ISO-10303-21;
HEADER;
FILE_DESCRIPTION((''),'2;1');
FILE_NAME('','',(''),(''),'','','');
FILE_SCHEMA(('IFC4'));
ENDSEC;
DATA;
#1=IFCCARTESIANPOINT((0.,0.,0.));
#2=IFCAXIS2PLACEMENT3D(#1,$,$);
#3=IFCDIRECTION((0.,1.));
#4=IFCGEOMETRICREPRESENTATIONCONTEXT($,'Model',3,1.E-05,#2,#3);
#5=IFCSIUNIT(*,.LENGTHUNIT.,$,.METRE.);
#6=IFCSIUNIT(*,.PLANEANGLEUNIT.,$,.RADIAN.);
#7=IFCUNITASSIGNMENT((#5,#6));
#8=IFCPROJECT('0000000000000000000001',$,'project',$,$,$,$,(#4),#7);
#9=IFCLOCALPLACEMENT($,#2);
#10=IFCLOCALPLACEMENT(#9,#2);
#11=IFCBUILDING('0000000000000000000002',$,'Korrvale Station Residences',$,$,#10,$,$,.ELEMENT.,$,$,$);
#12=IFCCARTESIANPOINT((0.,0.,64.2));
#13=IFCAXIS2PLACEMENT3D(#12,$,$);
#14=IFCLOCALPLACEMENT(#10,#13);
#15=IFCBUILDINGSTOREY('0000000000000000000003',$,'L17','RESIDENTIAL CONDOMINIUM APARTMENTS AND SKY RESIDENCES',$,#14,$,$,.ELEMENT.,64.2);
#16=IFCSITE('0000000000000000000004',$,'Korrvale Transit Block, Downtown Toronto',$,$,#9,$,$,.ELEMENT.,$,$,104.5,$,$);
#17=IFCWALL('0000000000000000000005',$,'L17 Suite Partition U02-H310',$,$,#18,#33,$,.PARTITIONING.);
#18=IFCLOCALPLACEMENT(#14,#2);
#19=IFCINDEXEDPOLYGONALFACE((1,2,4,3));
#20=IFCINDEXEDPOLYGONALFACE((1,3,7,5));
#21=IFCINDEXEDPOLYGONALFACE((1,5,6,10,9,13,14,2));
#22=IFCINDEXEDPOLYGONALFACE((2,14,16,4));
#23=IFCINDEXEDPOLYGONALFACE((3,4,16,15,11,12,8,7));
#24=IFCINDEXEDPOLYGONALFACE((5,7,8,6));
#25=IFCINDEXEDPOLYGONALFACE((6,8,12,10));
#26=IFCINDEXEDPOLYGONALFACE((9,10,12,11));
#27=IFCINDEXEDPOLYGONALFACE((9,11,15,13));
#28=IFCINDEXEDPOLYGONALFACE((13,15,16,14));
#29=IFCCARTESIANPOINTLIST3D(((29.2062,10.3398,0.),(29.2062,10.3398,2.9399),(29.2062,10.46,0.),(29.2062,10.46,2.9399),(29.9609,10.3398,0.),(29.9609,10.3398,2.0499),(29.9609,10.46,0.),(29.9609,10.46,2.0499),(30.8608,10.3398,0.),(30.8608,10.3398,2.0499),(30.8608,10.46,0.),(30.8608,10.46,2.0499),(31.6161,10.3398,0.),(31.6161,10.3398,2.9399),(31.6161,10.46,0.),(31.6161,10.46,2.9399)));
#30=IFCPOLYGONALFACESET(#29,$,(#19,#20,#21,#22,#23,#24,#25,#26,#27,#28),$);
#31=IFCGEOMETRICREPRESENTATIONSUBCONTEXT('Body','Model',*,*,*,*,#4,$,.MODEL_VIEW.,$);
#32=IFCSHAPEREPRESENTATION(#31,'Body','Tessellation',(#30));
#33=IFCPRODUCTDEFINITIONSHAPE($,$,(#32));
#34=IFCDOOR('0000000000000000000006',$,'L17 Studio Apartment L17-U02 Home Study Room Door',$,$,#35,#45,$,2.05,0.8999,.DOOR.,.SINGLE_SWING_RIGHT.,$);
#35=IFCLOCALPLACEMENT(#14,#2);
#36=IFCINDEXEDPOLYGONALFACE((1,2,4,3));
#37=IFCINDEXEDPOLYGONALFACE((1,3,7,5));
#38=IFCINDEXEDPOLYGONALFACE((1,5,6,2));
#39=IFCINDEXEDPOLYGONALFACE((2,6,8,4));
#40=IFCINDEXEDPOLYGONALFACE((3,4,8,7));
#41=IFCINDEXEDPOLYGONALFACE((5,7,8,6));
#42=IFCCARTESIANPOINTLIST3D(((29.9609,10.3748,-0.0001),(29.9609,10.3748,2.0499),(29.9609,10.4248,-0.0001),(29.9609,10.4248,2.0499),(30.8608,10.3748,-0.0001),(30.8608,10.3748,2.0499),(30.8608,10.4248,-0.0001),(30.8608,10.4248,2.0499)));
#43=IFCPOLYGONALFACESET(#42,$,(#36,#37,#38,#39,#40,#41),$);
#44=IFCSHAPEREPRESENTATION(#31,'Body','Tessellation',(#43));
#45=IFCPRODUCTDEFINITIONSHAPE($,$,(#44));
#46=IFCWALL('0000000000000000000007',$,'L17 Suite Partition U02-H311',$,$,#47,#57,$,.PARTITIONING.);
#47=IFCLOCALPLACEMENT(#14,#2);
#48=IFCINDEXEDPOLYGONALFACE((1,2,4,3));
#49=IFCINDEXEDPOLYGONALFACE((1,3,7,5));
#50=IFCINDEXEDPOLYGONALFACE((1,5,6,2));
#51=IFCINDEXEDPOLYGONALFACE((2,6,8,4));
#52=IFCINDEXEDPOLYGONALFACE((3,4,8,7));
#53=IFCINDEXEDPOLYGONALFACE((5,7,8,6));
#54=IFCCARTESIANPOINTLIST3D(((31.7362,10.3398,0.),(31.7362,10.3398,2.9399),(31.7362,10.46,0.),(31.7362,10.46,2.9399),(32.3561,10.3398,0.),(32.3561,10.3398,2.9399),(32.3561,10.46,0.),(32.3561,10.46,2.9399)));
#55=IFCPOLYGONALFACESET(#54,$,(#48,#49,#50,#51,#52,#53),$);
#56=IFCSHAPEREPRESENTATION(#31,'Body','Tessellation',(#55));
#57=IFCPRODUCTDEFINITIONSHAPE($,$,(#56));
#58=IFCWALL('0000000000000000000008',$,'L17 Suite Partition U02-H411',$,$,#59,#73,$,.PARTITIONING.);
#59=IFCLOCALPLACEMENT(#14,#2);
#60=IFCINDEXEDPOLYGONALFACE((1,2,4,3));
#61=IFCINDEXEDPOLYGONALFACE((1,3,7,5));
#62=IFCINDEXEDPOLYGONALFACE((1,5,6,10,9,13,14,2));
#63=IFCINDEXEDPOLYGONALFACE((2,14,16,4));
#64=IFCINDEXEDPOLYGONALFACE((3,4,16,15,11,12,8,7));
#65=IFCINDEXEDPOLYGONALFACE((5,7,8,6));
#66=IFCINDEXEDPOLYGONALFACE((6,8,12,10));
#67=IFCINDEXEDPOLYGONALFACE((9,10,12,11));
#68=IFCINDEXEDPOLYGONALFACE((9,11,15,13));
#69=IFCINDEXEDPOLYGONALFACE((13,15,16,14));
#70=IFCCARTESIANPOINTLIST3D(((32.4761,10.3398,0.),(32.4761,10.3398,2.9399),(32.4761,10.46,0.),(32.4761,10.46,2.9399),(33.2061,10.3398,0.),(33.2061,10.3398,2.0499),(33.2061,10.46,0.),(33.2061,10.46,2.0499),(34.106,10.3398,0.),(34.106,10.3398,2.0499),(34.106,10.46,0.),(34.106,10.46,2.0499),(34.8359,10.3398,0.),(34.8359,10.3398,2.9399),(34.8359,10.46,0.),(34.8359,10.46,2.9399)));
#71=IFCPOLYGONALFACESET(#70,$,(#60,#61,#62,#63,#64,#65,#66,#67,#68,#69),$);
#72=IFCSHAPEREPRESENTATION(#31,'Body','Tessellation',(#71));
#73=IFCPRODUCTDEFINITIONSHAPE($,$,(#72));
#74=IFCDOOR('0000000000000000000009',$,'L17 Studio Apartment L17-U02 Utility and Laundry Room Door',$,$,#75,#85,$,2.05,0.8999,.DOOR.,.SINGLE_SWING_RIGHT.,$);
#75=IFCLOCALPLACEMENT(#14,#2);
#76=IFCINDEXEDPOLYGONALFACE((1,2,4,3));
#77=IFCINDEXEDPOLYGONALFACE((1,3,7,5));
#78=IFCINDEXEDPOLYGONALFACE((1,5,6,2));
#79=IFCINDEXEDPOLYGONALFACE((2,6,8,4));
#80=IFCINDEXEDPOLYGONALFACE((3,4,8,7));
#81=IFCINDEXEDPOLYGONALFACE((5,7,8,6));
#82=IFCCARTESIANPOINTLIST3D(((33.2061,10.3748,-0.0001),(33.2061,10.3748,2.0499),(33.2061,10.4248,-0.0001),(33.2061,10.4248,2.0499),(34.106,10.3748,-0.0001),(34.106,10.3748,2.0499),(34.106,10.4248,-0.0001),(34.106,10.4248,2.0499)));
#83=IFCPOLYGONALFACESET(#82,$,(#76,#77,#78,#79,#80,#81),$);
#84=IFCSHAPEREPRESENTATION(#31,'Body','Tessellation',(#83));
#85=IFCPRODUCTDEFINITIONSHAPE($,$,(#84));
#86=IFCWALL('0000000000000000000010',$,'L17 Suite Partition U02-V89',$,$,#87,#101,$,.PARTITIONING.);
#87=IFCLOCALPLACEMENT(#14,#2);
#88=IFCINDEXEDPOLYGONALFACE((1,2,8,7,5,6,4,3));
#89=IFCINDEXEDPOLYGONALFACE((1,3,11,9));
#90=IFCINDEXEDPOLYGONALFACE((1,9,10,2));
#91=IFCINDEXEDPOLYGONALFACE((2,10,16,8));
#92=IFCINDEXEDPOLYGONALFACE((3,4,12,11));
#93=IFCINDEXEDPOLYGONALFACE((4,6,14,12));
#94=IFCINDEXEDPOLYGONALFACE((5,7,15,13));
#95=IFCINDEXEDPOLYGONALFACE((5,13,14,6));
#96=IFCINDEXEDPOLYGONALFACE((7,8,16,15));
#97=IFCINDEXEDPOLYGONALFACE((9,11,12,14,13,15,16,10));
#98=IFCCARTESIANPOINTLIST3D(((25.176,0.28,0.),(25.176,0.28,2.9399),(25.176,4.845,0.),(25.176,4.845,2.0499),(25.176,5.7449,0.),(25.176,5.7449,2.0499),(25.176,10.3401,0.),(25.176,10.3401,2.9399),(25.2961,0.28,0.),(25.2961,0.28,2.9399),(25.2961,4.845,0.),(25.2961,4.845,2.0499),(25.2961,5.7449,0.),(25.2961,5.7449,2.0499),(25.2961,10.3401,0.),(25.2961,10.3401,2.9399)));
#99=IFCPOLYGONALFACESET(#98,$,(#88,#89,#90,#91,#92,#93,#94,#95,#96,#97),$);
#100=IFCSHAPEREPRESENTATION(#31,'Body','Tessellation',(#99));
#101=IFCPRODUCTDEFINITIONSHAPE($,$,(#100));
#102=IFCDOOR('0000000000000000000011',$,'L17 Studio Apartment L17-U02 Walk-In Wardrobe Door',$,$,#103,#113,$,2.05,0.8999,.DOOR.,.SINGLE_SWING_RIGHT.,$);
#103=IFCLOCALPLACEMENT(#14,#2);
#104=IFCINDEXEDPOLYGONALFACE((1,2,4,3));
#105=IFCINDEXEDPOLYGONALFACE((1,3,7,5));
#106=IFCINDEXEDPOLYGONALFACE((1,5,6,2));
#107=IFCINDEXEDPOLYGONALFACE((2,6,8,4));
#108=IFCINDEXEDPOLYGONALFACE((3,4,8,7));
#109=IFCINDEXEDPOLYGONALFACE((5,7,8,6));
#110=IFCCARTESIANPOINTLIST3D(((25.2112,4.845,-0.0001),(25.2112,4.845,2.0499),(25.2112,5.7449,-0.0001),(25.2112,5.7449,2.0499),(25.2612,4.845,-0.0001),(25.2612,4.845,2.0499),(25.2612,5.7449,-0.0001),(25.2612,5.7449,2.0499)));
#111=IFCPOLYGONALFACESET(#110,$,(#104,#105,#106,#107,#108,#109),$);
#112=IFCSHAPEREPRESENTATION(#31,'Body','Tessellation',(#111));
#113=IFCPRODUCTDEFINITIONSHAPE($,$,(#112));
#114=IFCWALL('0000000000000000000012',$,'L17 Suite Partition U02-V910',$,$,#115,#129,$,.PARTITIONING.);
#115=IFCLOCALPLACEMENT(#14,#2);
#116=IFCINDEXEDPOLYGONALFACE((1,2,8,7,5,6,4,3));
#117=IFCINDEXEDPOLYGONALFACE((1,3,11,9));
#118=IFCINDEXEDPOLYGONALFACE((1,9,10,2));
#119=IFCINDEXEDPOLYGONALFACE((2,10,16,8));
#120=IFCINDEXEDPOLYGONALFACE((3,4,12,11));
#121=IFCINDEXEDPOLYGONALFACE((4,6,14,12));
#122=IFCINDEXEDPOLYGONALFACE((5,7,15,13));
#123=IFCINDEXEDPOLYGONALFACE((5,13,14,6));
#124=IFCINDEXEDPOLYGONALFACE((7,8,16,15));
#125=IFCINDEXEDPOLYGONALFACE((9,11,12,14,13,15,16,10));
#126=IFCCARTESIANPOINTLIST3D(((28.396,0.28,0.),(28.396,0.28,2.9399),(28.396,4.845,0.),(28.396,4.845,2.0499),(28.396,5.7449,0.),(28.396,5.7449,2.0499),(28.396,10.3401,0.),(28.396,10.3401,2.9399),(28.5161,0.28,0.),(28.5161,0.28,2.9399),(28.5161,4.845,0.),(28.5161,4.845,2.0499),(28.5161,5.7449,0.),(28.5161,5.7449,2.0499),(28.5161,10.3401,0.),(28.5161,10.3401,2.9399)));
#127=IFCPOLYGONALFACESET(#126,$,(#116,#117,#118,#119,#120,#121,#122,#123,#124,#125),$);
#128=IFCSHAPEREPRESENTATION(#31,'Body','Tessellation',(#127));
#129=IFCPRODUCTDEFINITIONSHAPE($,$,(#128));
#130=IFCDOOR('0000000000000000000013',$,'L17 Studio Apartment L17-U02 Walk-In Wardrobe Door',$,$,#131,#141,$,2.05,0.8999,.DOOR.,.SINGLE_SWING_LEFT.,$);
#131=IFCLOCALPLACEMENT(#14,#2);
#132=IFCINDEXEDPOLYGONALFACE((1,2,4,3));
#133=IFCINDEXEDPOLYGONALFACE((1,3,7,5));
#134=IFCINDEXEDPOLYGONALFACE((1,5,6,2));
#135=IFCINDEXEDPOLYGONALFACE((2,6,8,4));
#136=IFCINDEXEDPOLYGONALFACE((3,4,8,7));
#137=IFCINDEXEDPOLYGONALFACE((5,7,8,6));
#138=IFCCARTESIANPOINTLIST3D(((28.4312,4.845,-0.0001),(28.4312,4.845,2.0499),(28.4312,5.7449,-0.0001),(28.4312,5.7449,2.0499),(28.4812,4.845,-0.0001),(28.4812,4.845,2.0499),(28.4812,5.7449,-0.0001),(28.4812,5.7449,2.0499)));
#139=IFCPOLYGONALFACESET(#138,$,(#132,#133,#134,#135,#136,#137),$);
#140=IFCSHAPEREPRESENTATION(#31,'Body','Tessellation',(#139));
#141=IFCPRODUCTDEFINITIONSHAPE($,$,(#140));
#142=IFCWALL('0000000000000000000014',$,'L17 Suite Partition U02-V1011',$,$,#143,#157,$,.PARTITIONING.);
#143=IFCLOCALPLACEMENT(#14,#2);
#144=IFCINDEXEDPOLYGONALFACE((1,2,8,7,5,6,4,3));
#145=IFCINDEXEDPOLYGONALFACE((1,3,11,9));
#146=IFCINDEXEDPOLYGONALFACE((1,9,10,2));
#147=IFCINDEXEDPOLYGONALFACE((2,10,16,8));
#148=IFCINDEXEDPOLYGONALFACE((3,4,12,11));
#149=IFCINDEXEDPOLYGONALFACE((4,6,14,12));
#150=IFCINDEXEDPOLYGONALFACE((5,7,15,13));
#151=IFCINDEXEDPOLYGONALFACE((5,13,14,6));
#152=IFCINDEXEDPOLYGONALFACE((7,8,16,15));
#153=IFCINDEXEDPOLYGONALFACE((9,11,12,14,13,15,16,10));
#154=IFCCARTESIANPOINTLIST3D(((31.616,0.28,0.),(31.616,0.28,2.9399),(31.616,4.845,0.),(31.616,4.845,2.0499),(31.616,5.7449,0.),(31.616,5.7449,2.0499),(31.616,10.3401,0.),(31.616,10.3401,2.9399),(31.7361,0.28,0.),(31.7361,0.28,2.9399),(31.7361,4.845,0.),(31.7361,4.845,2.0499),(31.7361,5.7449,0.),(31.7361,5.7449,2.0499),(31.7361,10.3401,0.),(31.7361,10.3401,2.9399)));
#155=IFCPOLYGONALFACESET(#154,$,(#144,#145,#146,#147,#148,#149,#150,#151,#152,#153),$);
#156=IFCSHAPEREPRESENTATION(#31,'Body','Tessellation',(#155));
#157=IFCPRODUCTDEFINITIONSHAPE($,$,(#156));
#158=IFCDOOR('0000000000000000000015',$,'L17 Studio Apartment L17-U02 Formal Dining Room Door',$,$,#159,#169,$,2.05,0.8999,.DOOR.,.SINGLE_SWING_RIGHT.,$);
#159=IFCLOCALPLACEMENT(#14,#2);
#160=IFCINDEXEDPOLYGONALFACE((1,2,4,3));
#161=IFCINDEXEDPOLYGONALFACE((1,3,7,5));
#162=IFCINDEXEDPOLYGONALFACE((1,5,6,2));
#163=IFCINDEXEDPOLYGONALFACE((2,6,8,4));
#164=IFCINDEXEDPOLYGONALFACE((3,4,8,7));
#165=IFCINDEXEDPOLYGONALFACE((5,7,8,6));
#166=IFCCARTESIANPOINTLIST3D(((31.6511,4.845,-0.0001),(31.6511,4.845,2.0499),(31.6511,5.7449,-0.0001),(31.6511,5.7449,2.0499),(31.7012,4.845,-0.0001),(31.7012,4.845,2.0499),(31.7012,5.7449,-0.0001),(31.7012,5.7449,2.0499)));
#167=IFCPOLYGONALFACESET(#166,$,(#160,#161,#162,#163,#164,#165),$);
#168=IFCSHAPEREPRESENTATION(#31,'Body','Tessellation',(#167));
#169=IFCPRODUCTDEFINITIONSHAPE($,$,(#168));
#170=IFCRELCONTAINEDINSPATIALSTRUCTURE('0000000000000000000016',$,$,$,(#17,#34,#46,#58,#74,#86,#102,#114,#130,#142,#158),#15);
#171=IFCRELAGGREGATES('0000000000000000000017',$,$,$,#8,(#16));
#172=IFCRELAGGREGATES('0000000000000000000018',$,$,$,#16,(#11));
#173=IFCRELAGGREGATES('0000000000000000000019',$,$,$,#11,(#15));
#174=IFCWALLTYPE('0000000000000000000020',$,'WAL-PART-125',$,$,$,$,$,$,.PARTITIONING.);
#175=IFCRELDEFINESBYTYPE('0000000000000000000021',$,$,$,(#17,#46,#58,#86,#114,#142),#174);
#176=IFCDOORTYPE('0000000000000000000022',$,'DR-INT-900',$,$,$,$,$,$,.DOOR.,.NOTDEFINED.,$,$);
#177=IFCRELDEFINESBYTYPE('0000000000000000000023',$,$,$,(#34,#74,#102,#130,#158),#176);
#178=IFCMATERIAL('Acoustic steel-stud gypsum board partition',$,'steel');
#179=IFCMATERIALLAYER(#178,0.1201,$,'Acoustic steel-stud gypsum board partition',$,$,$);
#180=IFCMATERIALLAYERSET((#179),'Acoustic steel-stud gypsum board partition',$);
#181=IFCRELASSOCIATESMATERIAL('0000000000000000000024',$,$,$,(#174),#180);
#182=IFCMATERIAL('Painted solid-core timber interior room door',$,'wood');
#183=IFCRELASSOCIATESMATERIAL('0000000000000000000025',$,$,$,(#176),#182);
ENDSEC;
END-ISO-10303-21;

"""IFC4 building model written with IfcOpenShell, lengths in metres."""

from ifc_helpers import new_model, si_unit, direction, frame, frame_2d, origin, place, context, subcontext, project, spatial, rectangle, extrude, material, layer, layer_set, type_object, element, fill, save


model = new_model("IFC4")

# Units and contexts
model_context = context("Model", 3, precision=1e-05, world=origin(), true_north=direction((0.0, 1.0)))
body_context = subcontext(model_context, "Body", "Model", "MODEL_VIEW")
ifc_project = project(units=[si_unit("LENGTHUNIT", "METRE"), si_unit("PLANEANGLEUNIT", "RADIAN")], contexts=[model_context])

# Site, building, storey
site_placement = place(None, origin())
site = spatial("IfcSite", under=ifc_project, at=site_placement, Name="Korrvale Transit Block, Downtown Toronto", CompositionType="ELEMENT", RefElevation=104.5)
building_placement = place(site_placement, origin())
building = spatial("IfcBuilding", under=site, at=building_placement, Name="Korrvale Station Residences", CompositionType="ELEMENT")
storey_placement = place(building_placement, frame((0.0, 0.0, 64.2)))
storey = spatial("IfcBuildingStorey", under=building, at=storey_placement, Name="L17", Description="RESIDENTIAL CONDOMINIUM APARTMENTS AND SKY RESIDENCES", CompositionType="ELEMENT", Elevation=64.2)

# Shared definitions
ifc_material_1 = material(Name="Acoustic steel-stud gypsum board partition", Category="steel")
ifc_layer_1 = layer(ifc_material_1, 0.1201, Name="Acoustic steel-stud gypsum board partition")
ifc_layer_set_1 = layer_set([ifc_layer_1], Name="Acoustic steel-stud gypsum board partition")
wall_type = type_object("IfcWallType", Name="WAL-PART-125", PredefinedType="PARTITIONING", material=ifc_layer_set_1)
ifc_material_2 = material(Name="Painted solid-core timber interior room door", Category="wood")
door_type = type_object("IfcDoorType", Name="DR-INT-900", OperationType="NOTDEFINED", PredefinedType="DOOR", material=ifc_material_2)

# Wall, opening, door
wall_1_placement = place(storey_placement, frame((29.2061, 10.3999, 0.0), z_axis=(0.0, 0.0, 1.0), x_axis=(1.0, 0.0, 0.0)))
wall_1 = element("IfcWall", 1, at=wall_1_placement, inside=storey, type_object=wall_type, Name="L17 Suite Partition U02-H310", PredefinedType="PARTITIONING", context=body_context, shape_type="SweptSolid", body=[
    extrude(rectangle(XDim=2.4099, YDim=0.1201, at=frame_2d((1.2051, 0.0))), origin(), (0.0, 0.0, 1.0), 2.9399),
])
opening_1_placement = place(wall_1_placement, frame((0.7549, 0.0, 0.0)))
opening_1 = element("IfcOpeningElement", 2, at=opening_1_placement, cuts=wall_1, PredefinedType="OPENING", context=body_context, shape_type="SweptSolid", body=[
    extrude(rectangle(XDim=0.8999, YDim=2.05, at=frame_2d((0.45, 1.0249))), frame((0.0, 0.0701, 0.0), z_axis=(0.0, -1.0, 0.0), x_axis=(1.0, 0.0, 0.0)), (0.0, 0.0, 1.0), 0.1401),
])
door_1_placement = place(opening_1_placement, origin())
door_1 = element("IfcDoor", 3, at=door_1_placement, inside=storey, type_object=door_type, Name="L17 Studio Apartment L17-U02 Home Study Room Door", OperationType="SINGLE_SWING_RIGHT", OverallHeight=2.05, OverallWidth=0.8999, PredefinedType="DOOR", context=body_context, shape_type="SweptSolid", body=[
    extrude(rectangle(XDim=0.8999, YDim=2.05, at=frame_2d((0.45, 1.0249))), frame((0.0, 0.0249, 0.0), z_axis=(0.0, -1.0, 0.0), x_axis=(1.0, 0.0, 0.0)), (0.0, 0.0, 1.0), 0.05),
])
fill(opening_1, door_1)

# Wall
wall_2_placement = place(storey_placement, frame((31.7361, 10.3999, 0.0), z_axis=(0.0, 0.0, 1.0), x_axis=(1.0, 0.0, 0.0)))
element("IfcWall", 4, at=wall_2_placement, inside=storey, type_object=wall_type, Name="L17 Suite Partition U02-H311", PredefinedType="PARTITIONING", context=body_context, shape_type="SweptSolid", body=[
    extrude(rectangle(XDim=0.6199, YDim=0.1201, at=frame_2d((0.3101, 0.0))), origin(), (0.0, 0.0, 1.0), 2.9399),
])

# Walls, openings, doors
wall_3_placement = place(storey_placement, frame((32.4761, 10.3999, 0.0), z_axis=(0.0, 0.0, 1.0), x_axis=(1.0, 0.0, 0.0)))
wall_3 = element("IfcWall", 5, at=wall_3_placement, inside=storey, type_object=wall_type, Name="L17 Suite Partition U02-H411", PredefinedType="PARTITIONING", context=body_context, shape_type="SweptSolid", body=[
    extrude(rectangle(XDim=2.3599, YDim=0.1201, at=frame_2d((1.1799, 0.0))), origin(), (0.0, 0.0, 1.0), 2.9399),
])
opening_2_placement = place(wall_3_placement, frame((0.73, 0.0, 0.0)))
opening_2 = element("IfcOpeningElement", 6, at=opening_2_placement, cuts=wall_3, PredefinedType="OPENING", context=body_context, shape_type="SweptSolid", body=[
    extrude(rectangle(XDim=0.8999, YDim=2.05, at=frame_2d((0.45, 1.0249))), frame((0.0, 0.0701, 0.0), z_axis=(0.0, -1.0, 0.0), x_axis=(1.0, 0.0, 0.0)), (0.0, 0.0, 1.0), 0.1401),
])
door_2_placement = place(opening_2_placement, origin())
door_2 = element("IfcDoor", 7, at=door_2_placement, inside=storey, type_object=door_type, Name="L17 Studio Apartment L17-U02 Utility and Laundry Room Door", OperationType="SINGLE_SWING_RIGHT", OverallHeight=2.05, OverallWidth=0.8999, PredefinedType="DOOR", context=body_context, shape_type="SweptSolid", body=[
    extrude(rectangle(XDim=0.8999, YDim=2.05, at=frame_2d((0.45, 1.0249))), frame((0.0, 0.0249, 0.0), z_axis=(0.0, -1.0, 0.0), x_axis=(1.0, 0.0, 0.0)), (0.0, 0.0, 1.0), 0.05),
])
fill(opening_2, door_2)
wall_4_placement = place(storey_placement, frame((25.2361, 0.28, 0.0), z_axis=(0.0, 0.0, 1.0), x_axis=(0.0, 1.0, 0.0)))
wall_4 = element("IfcWall", 8, at=wall_4_placement, inside=storey, type_object=wall_type, Name="L17 Suite Partition U02-V89", PredefinedType="PARTITIONING", context=body_context, shape_type="SweptSolid", body=[
    extrude(rectangle(XDim=10.0601, YDim=0.1201, at=frame_2d((5.03, 0.0))), origin(), (0.0, 0.0, 1.0), 2.9399),
])
opening_3_placement = place(wall_4_placement, frame((4.5649, 0.0, 0.0)))
opening_3 = element("IfcOpeningElement", 9, at=opening_3_placement, cuts=wall_4, PredefinedType="OPENING", context=body_context, shape_type="SweptSolid", body=[
    extrude(rectangle(XDim=0.8999, YDim=2.05, at=frame_2d((0.45, 1.0249))), frame((0.0, 0.0701, 0.0), z_axis=(0.0, -1.0, 0.0), x_axis=(1.0, 0.0, 0.0)), (0.0, 0.0, 1.0), 0.1401),
])
door_3_placement = place(opening_3_placement, origin())
door_3 = element("IfcDoor", 10, at=door_3_placement, inside=storey, type_object=door_type, Name="L17 Studio Apartment L17-U02 Walk-In Wardrobe Door", OperationType="SINGLE_SWING_RIGHT", OverallHeight=2.05, OverallWidth=0.8999, PredefinedType="DOOR", context=body_context, shape_type="SweptSolid", body=[
    extrude(rectangle(XDim=0.8999, YDim=2.05, at=frame_2d((0.45, 1.0249))), frame((0.0, 0.0249, 0.0), z_axis=(0.0, -1.0, 0.0), x_axis=(1.0, 0.0, 0.0)), (0.0, 0.0, 1.0), 0.05),
])
fill(opening_3, door_3)
wall_5_placement = place(storey_placement, frame((28.4561, 0.28, 0.0), z_axis=(0.0, 0.0, 1.0), x_axis=(0.0, 1.0, 0.0)))
wall_5 = element("IfcWall", 11, at=wall_5_placement, inside=storey, type_object=wall_type, Name="L17 Suite Partition U02-V910", PredefinedType="PARTITIONING", context=body_context, shape_type="SweptSolid", body=[
    extrude(rectangle(XDim=10.0601, YDim=0.1201, at=frame_2d((5.03, 0.0))), origin(), (0.0, 0.0, 1.0), 2.9399),
])
opening_4_placement = place(wall_5_placement, frame((4.5649, 0.0, 0.0)))
opening_4 = element("IfcOpeningElement", 12, at=opening_4_placement, cuts=wall_5, PredefinedType="OPENING", context=body_context, shape_type="SweptSolid", body=[
    extrude(rectangle(XDim=0.8999, YDim=2.05, at=frame_2d((0.45, 1.0249))), frame((0.0, 0.0701, 0.0), z_axis=(0.0, -1.0, 0.0), x_axis=(1.0, 0.0, 0.0)), (0.0, 0.0, 1.0), 0.1401),
])
door_4_placement = place(opening_4_placement, origin())
door_4 = element("IfcDoor", 13, at=door_4_placement, inside=storey, type_object=door_type, Name="L17 Studio Apartment L17-U02 Walk-In Wardrobe Door", OperationType="SINGLE_SWING_LEFT", OverallHeight=2.05, OverallWidth=0.8999, PredefinedType="DOOR", context=body_context, shape_type="SweptSolid", body=[
    extrude(rectangle(XDim=0.8999, YDim=2.05, at=frame_2d((0.45, 1.0249))), frame((0.0, 0.0249, 0.0), z_axis=(0.0, -1.0, 0.0), x_axis=(1.0, 0.0, 0.0)), (0.0, 0.0, 1.0), 0.05),
])
fill(opening_4, door_4)
wall_6_placement = place(storey_placement, frame((31.676, 0.28, 0.0), z_axis=(0.0, 0.0, 1.0), x_axis=(0.0, 1.0, 0.0)))
wall_6 = element("IfcWall", 14, at=wall_6_placement, inside=storey, type_object=wall_type, Name="L17 Suite Partition U02-V1011", PredefinedType="PARTITIONING", context=body_context, shape_type="SweptSolid", body=[
    extrude(rectangle(XDim=10.0601, YDim=0.1201, at=frame_2d((5.03, 0.0))), origin(), (0.0, 0.0, 1.0), 2.9399),
])
opening_5_placement = place(wall_6_placement, frame((4.5649, 0.0, 0.0)))
opening_5 = element("IfcOpeningElement", 15, at=opening_5_placement, cuts=wall_6, PredefinedType="OPENING", context=body_context, shape_type="SweptSolid", body=[
    extrude(rectangle(XDim=0.8999, YDim=2.05, at=frame_2d((0.45, 1.0249))), frame((0.0, 0.0701, 0.0), z_axis=(0.0, -1.0, 0.0), x_axis=(1.0, 0.0, 0.0)), (0.0, 0.0, 1.0), 0.1401),
])
door_5_placement = place(opening_5_placement, origin())
door_5 = element("IfcDoor", 16, at=door_5_placement, inside=storey, type_object=door_type, Name="L17 Studio Apartment L17-U02 Formal Dining Room Door", OperationType="SINGLE_SWING_RIGHT", OverallHeight=2.05, OverallWidth=0.8999, PredefinedType="DOOR", context=body_context, shape_type="SweptSolid", body=[
    extrude(rectangle(XDim=0.8999, YDim=2.05, at=frame_2d((0.45, 1.0249))), frame((0.0, 0.0249, 0.0), z_axis=(0.0, -1.0, 0.0), x_axis=(1.0, 0.0, 0.0)), (0.0, 0.0, 1.0), 0.05),
])
fill(opening_5, door_5)

save(model, "model.ifc")
